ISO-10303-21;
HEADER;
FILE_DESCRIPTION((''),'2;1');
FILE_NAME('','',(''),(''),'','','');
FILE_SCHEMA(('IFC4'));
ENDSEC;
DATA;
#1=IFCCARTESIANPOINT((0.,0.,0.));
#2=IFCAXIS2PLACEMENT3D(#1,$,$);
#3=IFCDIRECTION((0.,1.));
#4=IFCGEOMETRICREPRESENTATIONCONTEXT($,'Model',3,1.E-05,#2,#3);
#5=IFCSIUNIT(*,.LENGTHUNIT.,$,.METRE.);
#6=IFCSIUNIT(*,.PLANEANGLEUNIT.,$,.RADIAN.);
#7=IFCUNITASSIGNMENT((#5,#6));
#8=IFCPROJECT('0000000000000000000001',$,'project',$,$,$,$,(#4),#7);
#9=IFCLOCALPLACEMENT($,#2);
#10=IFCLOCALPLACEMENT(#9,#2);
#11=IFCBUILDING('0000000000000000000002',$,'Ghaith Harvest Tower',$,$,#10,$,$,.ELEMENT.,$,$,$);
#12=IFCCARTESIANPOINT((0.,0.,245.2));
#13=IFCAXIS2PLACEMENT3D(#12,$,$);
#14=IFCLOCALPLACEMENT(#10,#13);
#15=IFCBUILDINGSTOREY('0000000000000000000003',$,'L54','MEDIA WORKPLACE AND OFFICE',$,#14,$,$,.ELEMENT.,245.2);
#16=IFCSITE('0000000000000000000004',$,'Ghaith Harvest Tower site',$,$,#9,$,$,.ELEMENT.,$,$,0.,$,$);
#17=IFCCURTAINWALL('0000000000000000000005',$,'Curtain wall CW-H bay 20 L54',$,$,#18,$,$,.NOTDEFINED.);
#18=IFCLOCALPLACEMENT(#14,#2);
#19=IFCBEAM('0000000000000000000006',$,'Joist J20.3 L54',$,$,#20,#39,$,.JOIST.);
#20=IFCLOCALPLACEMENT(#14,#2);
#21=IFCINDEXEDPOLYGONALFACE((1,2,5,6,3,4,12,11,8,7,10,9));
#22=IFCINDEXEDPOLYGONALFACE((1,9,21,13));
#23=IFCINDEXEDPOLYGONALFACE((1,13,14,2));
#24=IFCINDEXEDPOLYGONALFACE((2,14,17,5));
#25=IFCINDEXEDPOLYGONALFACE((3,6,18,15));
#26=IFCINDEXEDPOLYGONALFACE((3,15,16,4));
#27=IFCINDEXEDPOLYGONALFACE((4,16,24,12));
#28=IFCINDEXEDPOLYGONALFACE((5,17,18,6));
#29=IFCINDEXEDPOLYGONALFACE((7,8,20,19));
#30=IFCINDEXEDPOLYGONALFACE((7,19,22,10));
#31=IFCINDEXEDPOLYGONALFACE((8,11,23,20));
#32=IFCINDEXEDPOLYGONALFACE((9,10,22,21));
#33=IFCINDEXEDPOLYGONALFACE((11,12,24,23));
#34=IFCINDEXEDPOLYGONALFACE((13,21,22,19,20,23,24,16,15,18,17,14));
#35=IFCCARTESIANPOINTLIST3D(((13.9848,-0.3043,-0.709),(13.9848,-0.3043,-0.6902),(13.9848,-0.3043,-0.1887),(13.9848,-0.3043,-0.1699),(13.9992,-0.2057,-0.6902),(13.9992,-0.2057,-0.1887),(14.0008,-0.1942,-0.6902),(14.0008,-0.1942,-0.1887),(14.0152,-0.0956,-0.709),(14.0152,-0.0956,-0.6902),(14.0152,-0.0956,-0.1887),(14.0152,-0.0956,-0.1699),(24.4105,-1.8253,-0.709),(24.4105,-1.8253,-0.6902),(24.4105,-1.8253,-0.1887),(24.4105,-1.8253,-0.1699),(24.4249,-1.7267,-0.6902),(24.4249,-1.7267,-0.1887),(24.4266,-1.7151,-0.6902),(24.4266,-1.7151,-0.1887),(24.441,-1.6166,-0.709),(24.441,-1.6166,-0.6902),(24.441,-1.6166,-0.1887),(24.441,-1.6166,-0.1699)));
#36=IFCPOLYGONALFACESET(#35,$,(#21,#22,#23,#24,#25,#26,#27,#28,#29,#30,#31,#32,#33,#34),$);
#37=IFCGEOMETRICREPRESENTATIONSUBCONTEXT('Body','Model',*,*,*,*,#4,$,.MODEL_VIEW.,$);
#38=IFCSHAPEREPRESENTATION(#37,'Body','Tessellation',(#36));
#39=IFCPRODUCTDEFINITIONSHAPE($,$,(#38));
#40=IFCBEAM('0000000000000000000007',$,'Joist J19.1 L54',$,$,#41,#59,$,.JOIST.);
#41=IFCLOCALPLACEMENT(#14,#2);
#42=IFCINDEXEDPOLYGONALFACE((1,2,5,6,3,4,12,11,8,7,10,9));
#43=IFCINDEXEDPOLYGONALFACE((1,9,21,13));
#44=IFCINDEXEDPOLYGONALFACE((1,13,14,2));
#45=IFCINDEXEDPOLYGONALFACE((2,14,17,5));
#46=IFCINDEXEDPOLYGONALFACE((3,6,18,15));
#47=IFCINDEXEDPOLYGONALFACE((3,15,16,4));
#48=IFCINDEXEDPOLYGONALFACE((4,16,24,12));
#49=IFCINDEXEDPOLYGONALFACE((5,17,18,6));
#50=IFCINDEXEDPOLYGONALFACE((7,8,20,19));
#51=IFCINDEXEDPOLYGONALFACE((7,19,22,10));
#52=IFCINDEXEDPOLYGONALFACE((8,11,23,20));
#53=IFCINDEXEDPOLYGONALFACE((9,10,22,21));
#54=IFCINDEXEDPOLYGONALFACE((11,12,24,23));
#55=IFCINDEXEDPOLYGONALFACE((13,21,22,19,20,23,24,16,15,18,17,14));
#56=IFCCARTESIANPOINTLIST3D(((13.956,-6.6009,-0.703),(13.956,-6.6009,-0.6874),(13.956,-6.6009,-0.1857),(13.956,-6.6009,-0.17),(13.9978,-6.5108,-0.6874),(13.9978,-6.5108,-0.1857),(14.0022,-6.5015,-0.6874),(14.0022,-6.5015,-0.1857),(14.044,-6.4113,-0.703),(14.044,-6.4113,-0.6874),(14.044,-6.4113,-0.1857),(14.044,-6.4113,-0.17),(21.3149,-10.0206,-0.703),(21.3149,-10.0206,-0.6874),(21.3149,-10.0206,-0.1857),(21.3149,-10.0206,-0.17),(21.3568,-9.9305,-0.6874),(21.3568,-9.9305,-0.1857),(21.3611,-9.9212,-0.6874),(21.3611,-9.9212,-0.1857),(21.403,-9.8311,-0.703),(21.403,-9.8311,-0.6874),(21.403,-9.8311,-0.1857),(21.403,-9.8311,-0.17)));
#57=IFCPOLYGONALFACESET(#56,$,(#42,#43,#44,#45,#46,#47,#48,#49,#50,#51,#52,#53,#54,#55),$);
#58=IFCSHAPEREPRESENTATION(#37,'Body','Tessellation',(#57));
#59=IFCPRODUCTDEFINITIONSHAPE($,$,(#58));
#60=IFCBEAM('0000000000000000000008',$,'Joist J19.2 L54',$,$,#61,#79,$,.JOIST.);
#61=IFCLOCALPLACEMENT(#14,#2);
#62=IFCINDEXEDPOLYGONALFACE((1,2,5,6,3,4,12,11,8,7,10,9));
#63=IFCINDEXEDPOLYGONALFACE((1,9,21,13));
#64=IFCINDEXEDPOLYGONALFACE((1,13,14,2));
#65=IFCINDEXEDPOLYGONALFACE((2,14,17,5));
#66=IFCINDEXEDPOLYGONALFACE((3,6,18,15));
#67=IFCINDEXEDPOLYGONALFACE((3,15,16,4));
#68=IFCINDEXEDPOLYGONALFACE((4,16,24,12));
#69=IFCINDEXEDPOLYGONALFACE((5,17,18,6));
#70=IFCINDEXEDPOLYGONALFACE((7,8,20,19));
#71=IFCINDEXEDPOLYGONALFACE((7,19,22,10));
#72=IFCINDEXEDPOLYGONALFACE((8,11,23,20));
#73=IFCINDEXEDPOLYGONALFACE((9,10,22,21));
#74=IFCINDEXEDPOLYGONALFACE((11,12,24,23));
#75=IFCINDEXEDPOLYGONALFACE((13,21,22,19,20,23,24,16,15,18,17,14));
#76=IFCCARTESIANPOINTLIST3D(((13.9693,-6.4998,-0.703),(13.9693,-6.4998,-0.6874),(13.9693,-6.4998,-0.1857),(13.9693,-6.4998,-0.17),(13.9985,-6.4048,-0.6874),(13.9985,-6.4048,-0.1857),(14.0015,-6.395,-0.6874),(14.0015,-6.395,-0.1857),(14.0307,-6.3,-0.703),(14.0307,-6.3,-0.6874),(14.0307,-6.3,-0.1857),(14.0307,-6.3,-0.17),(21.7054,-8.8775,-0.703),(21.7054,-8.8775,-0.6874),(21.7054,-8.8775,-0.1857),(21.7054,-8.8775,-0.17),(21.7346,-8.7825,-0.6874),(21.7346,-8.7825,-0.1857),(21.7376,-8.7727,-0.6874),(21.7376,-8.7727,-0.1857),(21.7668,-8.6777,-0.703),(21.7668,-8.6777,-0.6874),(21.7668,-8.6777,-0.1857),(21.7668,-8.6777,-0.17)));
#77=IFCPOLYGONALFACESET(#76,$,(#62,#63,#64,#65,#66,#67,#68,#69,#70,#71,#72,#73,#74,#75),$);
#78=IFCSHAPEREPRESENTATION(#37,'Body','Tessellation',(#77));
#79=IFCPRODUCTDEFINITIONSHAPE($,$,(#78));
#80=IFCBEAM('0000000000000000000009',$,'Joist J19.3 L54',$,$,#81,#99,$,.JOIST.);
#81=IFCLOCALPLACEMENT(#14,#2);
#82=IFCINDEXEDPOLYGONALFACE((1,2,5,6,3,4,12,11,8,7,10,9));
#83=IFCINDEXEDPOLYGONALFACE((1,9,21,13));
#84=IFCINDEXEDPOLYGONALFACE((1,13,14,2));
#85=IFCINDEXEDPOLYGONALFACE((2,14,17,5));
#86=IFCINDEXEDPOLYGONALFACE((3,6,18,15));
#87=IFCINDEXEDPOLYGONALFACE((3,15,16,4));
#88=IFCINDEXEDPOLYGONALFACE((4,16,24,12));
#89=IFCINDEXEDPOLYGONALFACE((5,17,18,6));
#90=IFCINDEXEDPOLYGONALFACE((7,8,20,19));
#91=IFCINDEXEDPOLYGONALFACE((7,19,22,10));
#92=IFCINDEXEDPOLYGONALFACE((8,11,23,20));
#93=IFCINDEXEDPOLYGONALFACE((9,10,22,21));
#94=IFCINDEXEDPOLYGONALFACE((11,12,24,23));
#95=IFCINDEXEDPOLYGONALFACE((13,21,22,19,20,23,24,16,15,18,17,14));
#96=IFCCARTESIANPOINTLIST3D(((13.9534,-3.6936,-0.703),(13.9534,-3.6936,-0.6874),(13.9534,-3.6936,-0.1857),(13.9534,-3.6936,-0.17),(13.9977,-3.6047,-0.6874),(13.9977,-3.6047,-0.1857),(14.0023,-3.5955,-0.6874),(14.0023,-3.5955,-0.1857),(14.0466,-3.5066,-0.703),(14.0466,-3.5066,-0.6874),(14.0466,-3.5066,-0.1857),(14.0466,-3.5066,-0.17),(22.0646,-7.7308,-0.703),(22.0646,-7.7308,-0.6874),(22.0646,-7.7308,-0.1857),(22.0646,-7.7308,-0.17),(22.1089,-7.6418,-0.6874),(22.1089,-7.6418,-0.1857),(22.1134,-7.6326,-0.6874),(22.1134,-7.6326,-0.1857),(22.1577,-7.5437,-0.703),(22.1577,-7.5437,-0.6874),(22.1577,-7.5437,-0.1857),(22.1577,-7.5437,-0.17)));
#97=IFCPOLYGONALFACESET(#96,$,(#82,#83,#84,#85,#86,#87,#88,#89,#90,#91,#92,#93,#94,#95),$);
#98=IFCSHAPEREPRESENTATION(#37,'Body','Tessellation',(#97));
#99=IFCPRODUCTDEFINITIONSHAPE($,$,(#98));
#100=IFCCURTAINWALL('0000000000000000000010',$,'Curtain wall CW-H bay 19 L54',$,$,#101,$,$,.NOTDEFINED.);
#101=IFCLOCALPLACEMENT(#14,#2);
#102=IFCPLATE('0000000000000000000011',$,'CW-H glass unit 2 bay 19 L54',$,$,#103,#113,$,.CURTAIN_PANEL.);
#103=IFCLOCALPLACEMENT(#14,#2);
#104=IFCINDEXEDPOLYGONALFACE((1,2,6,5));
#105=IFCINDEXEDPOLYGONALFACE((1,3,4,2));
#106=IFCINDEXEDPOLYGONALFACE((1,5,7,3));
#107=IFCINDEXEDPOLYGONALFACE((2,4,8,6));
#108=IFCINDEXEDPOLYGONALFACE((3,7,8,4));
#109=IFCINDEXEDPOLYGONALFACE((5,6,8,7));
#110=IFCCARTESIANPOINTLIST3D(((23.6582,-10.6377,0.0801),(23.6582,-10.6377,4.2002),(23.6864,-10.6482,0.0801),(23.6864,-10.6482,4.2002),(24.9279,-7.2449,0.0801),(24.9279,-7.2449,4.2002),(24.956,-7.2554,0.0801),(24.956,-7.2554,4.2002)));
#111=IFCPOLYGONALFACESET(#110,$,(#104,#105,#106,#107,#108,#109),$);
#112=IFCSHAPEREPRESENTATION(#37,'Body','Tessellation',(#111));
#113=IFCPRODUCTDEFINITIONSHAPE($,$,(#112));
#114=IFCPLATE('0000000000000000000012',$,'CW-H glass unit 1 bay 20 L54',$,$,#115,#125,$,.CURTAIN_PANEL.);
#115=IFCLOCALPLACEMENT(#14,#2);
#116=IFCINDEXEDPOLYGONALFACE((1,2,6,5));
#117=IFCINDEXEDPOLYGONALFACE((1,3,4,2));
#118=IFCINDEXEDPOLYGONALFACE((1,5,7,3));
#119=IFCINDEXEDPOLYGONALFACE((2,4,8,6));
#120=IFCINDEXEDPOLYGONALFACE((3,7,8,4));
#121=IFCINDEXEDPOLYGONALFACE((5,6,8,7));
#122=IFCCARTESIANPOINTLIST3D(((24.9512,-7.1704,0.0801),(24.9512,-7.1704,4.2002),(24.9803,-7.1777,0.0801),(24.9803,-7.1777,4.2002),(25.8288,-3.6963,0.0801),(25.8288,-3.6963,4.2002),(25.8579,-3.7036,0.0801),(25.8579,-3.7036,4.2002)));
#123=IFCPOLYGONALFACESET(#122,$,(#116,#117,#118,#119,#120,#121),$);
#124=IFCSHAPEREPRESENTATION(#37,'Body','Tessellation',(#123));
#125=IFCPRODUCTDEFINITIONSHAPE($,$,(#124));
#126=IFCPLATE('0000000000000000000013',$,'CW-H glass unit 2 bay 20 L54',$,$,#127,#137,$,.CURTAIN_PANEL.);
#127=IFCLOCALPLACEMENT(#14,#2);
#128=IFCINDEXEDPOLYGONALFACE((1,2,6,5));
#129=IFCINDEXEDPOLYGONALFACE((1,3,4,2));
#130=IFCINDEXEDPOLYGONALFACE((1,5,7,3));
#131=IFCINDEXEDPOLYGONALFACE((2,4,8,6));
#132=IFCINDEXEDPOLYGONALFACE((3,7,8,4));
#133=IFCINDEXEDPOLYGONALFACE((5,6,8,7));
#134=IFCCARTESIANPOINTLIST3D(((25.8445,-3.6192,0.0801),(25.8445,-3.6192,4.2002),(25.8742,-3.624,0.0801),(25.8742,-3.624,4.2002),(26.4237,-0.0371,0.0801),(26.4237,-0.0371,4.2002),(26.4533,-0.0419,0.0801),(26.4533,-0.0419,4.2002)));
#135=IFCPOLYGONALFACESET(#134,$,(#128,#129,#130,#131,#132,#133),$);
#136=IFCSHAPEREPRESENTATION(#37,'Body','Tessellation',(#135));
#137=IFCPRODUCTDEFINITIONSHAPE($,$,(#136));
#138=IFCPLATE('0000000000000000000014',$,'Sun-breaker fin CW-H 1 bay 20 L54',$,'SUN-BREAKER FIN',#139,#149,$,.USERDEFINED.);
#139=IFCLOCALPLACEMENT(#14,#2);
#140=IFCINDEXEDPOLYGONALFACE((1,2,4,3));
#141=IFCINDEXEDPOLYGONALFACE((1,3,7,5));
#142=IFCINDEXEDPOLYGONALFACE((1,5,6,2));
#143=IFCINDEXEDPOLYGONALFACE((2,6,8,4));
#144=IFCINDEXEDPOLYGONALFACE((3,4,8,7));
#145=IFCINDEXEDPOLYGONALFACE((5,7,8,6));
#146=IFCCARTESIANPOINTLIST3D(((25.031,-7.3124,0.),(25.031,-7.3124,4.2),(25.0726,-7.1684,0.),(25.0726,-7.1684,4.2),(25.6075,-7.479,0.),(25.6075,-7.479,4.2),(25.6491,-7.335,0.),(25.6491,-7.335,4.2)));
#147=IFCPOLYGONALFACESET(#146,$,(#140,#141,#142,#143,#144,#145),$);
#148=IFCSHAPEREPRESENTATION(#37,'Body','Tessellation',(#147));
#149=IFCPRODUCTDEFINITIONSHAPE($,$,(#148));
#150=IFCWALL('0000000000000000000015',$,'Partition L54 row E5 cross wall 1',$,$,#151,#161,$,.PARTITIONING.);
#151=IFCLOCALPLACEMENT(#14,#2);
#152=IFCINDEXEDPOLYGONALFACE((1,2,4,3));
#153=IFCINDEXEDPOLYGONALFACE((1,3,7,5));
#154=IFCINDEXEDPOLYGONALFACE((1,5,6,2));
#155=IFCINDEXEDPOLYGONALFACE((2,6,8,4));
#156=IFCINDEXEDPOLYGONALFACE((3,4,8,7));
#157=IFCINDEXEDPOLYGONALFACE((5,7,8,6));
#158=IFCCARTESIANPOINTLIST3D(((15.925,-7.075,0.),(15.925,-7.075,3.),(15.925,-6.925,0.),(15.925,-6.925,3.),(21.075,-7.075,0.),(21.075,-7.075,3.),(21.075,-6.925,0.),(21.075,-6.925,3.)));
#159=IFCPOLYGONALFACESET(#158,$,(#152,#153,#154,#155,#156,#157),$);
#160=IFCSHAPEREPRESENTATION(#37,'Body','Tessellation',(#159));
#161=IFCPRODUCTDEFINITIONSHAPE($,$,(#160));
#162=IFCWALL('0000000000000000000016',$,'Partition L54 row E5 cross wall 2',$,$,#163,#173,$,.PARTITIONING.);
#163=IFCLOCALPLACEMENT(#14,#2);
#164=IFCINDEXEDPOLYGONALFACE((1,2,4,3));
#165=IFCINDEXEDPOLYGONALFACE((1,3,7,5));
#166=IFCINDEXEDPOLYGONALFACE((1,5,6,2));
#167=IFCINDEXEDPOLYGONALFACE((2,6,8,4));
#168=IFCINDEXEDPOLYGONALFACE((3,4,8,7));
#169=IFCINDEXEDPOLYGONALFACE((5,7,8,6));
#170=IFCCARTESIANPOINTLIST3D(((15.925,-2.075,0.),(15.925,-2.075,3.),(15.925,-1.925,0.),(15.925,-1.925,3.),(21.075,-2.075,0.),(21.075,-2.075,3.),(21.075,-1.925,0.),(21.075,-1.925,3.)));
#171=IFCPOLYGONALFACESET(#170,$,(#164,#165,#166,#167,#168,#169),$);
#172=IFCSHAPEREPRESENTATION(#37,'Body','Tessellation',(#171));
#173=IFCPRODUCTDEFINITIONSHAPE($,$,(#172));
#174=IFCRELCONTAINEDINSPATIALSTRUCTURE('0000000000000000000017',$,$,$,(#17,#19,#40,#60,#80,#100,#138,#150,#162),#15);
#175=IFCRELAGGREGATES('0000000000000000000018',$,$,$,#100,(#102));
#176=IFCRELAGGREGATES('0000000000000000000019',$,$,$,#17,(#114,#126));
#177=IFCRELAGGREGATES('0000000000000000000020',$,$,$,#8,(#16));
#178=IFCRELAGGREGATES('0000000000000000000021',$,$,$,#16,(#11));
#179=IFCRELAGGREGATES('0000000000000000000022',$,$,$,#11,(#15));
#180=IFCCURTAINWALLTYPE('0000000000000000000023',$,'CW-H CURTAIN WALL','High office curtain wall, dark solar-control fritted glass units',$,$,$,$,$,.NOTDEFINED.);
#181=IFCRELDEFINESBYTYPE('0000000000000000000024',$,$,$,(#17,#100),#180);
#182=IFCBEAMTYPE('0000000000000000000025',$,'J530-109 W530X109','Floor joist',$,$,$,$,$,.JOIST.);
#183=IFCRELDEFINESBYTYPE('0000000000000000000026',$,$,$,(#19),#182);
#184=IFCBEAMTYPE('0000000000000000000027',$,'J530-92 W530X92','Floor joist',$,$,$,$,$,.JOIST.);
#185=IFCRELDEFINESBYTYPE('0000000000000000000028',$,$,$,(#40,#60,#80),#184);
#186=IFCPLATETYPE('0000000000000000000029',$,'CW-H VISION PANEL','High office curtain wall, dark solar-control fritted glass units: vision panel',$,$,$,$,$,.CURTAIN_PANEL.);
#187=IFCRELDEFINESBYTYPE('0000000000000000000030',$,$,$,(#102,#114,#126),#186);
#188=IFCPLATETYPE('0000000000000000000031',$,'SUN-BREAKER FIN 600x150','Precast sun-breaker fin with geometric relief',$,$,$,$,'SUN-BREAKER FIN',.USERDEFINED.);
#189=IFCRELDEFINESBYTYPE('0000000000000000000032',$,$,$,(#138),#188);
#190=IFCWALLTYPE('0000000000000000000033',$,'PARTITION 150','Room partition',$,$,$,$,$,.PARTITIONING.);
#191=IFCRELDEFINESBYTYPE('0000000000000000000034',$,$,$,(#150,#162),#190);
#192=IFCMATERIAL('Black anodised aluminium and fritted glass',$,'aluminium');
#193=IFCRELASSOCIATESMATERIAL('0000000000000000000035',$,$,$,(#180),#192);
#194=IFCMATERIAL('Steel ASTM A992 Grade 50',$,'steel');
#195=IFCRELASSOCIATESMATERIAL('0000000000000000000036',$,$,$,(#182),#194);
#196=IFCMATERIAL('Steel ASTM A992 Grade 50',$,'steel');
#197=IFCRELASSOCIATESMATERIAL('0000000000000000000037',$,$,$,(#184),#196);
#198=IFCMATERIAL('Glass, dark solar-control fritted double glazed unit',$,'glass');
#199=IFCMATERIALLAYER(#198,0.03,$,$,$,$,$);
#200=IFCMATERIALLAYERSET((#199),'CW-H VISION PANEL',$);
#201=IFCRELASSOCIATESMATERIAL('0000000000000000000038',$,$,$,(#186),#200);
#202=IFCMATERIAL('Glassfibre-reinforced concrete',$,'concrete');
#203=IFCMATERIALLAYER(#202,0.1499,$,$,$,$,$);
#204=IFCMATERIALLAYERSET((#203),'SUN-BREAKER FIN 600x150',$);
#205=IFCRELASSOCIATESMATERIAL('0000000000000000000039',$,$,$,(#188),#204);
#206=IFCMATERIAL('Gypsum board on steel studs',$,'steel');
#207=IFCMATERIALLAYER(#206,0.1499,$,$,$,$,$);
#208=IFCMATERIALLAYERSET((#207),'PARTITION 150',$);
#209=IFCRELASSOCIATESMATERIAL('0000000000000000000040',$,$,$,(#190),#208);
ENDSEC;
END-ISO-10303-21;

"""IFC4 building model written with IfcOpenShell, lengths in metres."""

from ifc_helpers import new_model, si_unit, direction, frame, frame_2d, origin, origin_2d, place, context, subcontext, project, spatial, rectangle, i_section, extrude, material, layer, layer_set, material_profile, profile_set, type_object, element, aggregate, save


model = new_model("IFC4")

# Units and contexts
model_context = context("Model", 3, precision=1e-05, world=origin(), true_north=direction((0.0, 1.0)))
body_context = subcontext(model_context, "Body", "Model", "MODEL_VIEW")
ifc_project = project(units=[si_unit("LENGTHUNIT", "METRE"), si_unit("PLANEANGLEUNIT", "RADIAN")], contexts=[model_context])

# Site, building, storey
site_placement = place(None, origin())
site = spatial("IfcSite", under=ifc_project, at=site_placement, Name="Ghaith Harvest Tower site", CompositionType="ELEMENT", RefElevation=0.0)
building_placement = place(site_placement, origin())
building = spatial("IfcBuilding", under=site, at=building_placement, Name="Ghaith Harvest Tower", CompositionType="ELEMENT")
storey_placement = place(building_placement, frame((0.0, 0.0, 245.2)))
storey = spatial("IfcBuildingStorey", under=building, at=storey_placement, Name="L54", Description="MEDIA WORKPLACE AND OFFICE", CompositionType="ELEMENT", Elevation=245.2)

# Curtain wall
ifc_material_1 = material(Name="Black anodised aluminium and fritted glass", Category="aluminium")
curtain_wall_type = type_object("IfcCurtainWallType", Name="CW-H CURTAIN WALL", Description="High office curtain wall, dark solar-control fritted glass units", PredefinedType="NOTDEFINED", material=ifc_material_1)
curtain_wall_1_placement = place(storey_placement, origin())
curtain_wall_1 = element("IfcCurtainWall", 1, at=curtain_wall_1_placement, inside=storey, type_object=curtain_wall_type, Name="Curtain wall CW-H bay 20 L54", PredefinedType="NOTDEFINED")

# Beams
ifc_material_2 = material(Name="Steel ASTM A992 Grade 50", Category="steel")
ifc_material_profile_1 = material_profile(ifc_material_2, i_section(OverallWidth=0.2109, OverallDepth=0.5391, WebThickness=0.0117, FlangeThickness=0.0188, at=origin_2d()), Name="W530X109")
ifc_profile_set_1 = profile_set([ifc_material_profile_1], Name="Steel ASTM A992 Grade 50")
beam_type_1 = type_object("IfcBeamType", Name="J530-109 W530X109", Description="Floor joist", PredefinedType="JOIST", material=ifc_profile_set_1)
beam_1_placement = place(storey_placement, frame((14.0, -0.2, -0.4395), z_axis=(0.989525, -0.14436, 0.0), x_axis=(0.14436, 0.989525, 0.0)))
element("IfcBeam", 2, at=beam_1_placement, inside=storey, type_object=beam_type_1, Name="Joist J20.3 L54", PredefinedType="JOIST", context=body_context, shape_type="SweptSolid", body=[
    extrude(i_section(OverallWidth=0.2109, OverallDepth=0.5391, WebThickness=0.0117, FlangeThickness=0.0188, at=origin_2d()), origin(), (0.0, 0.0, 1.0), 10.5361),
])
ifc_material_3 = material(Name="Steel ASTM A992 Grade 50", Category="steel")
ifc_material_profile_2 = material_profile(ifc_material_3, i_section(OverallWidth=0.209, OverallDepth=0.533, WebThickness=0.0103, FlangeThickness=0.0156, at=origin_2d()), Name="W530X92")
ifc_profile_set_2 = profile_set([ifc_material_profile_2], Name="Steel ASTM A992 Grade 50")
beam_type_2 = type_object("IfcBeamType", Name="J530-92 W530X92", Description="Floor joist", PredefinedType="JOIST", material=ifc_profile_set_2)
beam_2_placement = place(storey_placement, frame((14.0, -6.5061, -0.4365), z_axis=(0.906865, -0.421421, 0.0), x_axis=(0.421421, 0.906865, 0.0)))
element("IfcBeam", 3, at=beam_2_placement, inside=storey, type_object=beam_type_2, Name="Joist J19.1 L54", PredefinedType="JOIST", context=body_context, shape_type="SweptSolid", body=[
    extrude(i_section(OverallWidth=0.209, OverallDepth=0.533, WebThickness=0.0103, FlangeThickness=0.0156, at=origin_2d()), origin(), (0.0, 0.0, 1.0), 8.1147),
])
beam_3_placement = place(storey_placement, frame((14.0, -6.3999, -0.4365), z_axis=(0.955871, -0.293787, 0.0), x_axis=(0.293787, 0.955871, 0.0)))
element("IfcBeam", 4, at=beam_3_placement, inside=storey, type_object=beam_type_2, Name="Joist J19.2 L54", PredefinedType="JOIST", context=body_context, shape_type="SweptSolid", body=[
    extrude(i_section(OverallWidth=0.209, OverallDepth=0.533, WebThickness=0.0103, FlangeThickness=0.0156, at=origin_2d()), origin(), (0.0, 0.0, 1.0), 8.0933),
])
beam_4_placement = place(storey_placement, frame((14.0, -3.6001, -0.4365), z_axis=(0.895239, -0.445585, 0.0), x_axis=(0.445585, 0.895239, 0.0)))
element("IfcBeam", 5, at=beam_4_placement, inside=storey, type_object=beam_type_2, Name="Joist J19.3 L54", PredefinedType="JOIST", context=body_context, shape_type="SweptSolid", body=[
    extrude(i_section(OverallWidth=0.209, OverallDepth=0.533, WebThickness=0.0103, FlangeThickness=0.0156, at=origin_2d()), origin(), (0.0, 0.0, 1.0), 9.0603),
])

# Curtain wall, plate
curtain_wall_2_placement = place(storey_placement, origin())
curtain_wall_2 = element("IfcCurtainWall", 6, at=curtain_wall_2_placement, inside=storey, type_object=curtain_wall_type, Name="Curtain wall CW-H bay 19 L54", PredefinedType="NOTDEFINED")
ifc_material_4 = material(Name="Glass, dark solar-control fritted double glazed unit", Category="glass")
ifc_layer_1 = layer(ifc_material_4, 0.03)
ifc_layer_set_1 = layer_set([ifc_layer_1], Name="CW-H VISION PANEL")
plate_type_1 = type_object("IfcPlateType", Name="CW-H VISION PANEL", Description="High office curtain wall, dark solar-control fritted glass units: vision panel", PredefinedType="CURTAIN_PANEL", material=ifc_layer_set_1)
plate_1_placement = place(storey_placement, frame((24.3071, -8.9465, 0.0801), z_axis=(0.0, 0.0, 1.0), x_axis=(0.350481, 0.93657, 0.0)))
plate_1 = element("IfcPlate", 7, at=plate_1_placement, type_object=plate_type_1, Name="CW-H glass unit 2 bay 19 L54", PredefinedType="CURTAIN_PANEL", context=body_context, shape_type="SweptSolid", body=[
    extrude(rectangle(XDim=3.6226, YDim=0.03, at=origin_2d()), origin(), (0.0, 0.0, 1.0), 4.1201),
])
aggregate(curtain_wall_2, [plate_1])

# Plates
plate_2_placement = place(storey_placement, frame((25.4045, -5.437, 0.0801), z_axis=(0.0, 0.0, 1.0), x_axis=(0.244926, 0.969542, 0.0)))
plate_2 = element("IfcPlate", 8, at=plate_2_placement, type_object=plate_type_1, Name="CW-H glass unit 1 bay 20 L54", PredefinedType="CURTAIN_PANEL", context=body_context, shape_type="SweptSolid", body=[
    extrude(rectangle(XDim=3.5833, YDim=0.03, at=origin_2d()), origin(), (0.0, 0.0, 1.0), 4.1201),
])
plate_3_placement = place(storey_placement, frame((26.1489, -1.8306, 0.0801), z_axis=(0.0, 0.0, 1.0), x_axis=(0.159601, 0.987182, 0.0)))
plate_3 = element("IfcPlate", 9, at=plate_3_placement, type_object=plate_type_1, Name="CW-H glass unit 2 bay 20 L54", PredefinedType="CURTAIN_PANEL", context=body_context, shape_type="SweptSolid", body=[
    extrude(rectangle(XDim=3.6287, YDim=0.03, at=origin_2d()), origin(), (0.0, 0.0, 1.0), 4.1201),
])
aggregate(curtain_wall_1, [plate_2, plate_3])
ifc_material_5 = material(Name="Glassfibre-reinforced concrete", Category="concrete")
ifc_layer_2 = layer(ifc_material_5, 0.1499)
ifc_layer_set_2 = layer_set([ifc_layer_2], Name="SUN-BREAKER FIN 600x150")
plate_type_2 = type_object("IfcPlateType", Name="SUN-BREAKER FIN 600x150", Description="Precast sun-breaker fin with geometric relief", ElementType="SUN-BREAKER FIN", PredefinedType="USERDEFINED", material=ifc_layer_set_2)
plate_4_placement = place(storey_placement, frame((25.3401, -7.3237, 0.0), z_axis=(0.0, 0.0, 1.0), x_axis=(0.96068, -0.277657, 0.0)))
element("IfcPlate", 10, at=plate_4_placement, inside=storey, type_object=plate_type_2, Name="Sun-breaker fin CW-H 1 bay 20 L54", ObjectType="SUN-BREAKER FIN", PredefinedType="USERDEFINED", context=body_context, shape_type="SweptSolid", body=[
    extrude(rectangle(XDim=0.6001, YDim=0.1499, at=origin_2d()), origin(), (0.0, 0.0, 1.0), 4.2),
])

# Walls
ifc_material_6 = material(Name="Gypsum board on steel studs", Category="steel")
ifc_layer_3 = layer(ifc_material_6, 0.1499)
ifc_layer_set_3 = layer_set([ifc_layer_3], Name="PARTITION 150")
wall_type_1 = type_object("IfcWallType", Name="PARTITION 150", Description="Room partition", PredefinedType="PARTITIONING", material=ifc_layer_set_3)
for number, where, z_axis, x_axis, name in (
    (11, (15.925, -7.0, 0.0), (0.0, 0.0, 1.0), (1.0, 0.0, 0.0), "Partition L54 row E5 cross wall 1"),
    (12, (15.925, -2.0, 0.0), (0.0, 0.0, 1.0), (1.0, 0.0, 0.0), "Partition L54 row E5 cross wall 2"),
):
    element("IfcWall", number, at=place(storey_placement, frame(where, z_axis=z_axis, x_axis=x_axis)), inside=storey, type_object=wall_type_1, Name=name, PredefinedType="PARTITIONING", context=body_context, shape_type="SweptSolid", body=[
        extrude(rectangle(XDim=5.1499, YDim=0.1499, at=frame_2d((2.575, 0.0))), origin(), (0.0, 0.0, 1.0), 3.0),
    ])

save(model, "model.ifc")
